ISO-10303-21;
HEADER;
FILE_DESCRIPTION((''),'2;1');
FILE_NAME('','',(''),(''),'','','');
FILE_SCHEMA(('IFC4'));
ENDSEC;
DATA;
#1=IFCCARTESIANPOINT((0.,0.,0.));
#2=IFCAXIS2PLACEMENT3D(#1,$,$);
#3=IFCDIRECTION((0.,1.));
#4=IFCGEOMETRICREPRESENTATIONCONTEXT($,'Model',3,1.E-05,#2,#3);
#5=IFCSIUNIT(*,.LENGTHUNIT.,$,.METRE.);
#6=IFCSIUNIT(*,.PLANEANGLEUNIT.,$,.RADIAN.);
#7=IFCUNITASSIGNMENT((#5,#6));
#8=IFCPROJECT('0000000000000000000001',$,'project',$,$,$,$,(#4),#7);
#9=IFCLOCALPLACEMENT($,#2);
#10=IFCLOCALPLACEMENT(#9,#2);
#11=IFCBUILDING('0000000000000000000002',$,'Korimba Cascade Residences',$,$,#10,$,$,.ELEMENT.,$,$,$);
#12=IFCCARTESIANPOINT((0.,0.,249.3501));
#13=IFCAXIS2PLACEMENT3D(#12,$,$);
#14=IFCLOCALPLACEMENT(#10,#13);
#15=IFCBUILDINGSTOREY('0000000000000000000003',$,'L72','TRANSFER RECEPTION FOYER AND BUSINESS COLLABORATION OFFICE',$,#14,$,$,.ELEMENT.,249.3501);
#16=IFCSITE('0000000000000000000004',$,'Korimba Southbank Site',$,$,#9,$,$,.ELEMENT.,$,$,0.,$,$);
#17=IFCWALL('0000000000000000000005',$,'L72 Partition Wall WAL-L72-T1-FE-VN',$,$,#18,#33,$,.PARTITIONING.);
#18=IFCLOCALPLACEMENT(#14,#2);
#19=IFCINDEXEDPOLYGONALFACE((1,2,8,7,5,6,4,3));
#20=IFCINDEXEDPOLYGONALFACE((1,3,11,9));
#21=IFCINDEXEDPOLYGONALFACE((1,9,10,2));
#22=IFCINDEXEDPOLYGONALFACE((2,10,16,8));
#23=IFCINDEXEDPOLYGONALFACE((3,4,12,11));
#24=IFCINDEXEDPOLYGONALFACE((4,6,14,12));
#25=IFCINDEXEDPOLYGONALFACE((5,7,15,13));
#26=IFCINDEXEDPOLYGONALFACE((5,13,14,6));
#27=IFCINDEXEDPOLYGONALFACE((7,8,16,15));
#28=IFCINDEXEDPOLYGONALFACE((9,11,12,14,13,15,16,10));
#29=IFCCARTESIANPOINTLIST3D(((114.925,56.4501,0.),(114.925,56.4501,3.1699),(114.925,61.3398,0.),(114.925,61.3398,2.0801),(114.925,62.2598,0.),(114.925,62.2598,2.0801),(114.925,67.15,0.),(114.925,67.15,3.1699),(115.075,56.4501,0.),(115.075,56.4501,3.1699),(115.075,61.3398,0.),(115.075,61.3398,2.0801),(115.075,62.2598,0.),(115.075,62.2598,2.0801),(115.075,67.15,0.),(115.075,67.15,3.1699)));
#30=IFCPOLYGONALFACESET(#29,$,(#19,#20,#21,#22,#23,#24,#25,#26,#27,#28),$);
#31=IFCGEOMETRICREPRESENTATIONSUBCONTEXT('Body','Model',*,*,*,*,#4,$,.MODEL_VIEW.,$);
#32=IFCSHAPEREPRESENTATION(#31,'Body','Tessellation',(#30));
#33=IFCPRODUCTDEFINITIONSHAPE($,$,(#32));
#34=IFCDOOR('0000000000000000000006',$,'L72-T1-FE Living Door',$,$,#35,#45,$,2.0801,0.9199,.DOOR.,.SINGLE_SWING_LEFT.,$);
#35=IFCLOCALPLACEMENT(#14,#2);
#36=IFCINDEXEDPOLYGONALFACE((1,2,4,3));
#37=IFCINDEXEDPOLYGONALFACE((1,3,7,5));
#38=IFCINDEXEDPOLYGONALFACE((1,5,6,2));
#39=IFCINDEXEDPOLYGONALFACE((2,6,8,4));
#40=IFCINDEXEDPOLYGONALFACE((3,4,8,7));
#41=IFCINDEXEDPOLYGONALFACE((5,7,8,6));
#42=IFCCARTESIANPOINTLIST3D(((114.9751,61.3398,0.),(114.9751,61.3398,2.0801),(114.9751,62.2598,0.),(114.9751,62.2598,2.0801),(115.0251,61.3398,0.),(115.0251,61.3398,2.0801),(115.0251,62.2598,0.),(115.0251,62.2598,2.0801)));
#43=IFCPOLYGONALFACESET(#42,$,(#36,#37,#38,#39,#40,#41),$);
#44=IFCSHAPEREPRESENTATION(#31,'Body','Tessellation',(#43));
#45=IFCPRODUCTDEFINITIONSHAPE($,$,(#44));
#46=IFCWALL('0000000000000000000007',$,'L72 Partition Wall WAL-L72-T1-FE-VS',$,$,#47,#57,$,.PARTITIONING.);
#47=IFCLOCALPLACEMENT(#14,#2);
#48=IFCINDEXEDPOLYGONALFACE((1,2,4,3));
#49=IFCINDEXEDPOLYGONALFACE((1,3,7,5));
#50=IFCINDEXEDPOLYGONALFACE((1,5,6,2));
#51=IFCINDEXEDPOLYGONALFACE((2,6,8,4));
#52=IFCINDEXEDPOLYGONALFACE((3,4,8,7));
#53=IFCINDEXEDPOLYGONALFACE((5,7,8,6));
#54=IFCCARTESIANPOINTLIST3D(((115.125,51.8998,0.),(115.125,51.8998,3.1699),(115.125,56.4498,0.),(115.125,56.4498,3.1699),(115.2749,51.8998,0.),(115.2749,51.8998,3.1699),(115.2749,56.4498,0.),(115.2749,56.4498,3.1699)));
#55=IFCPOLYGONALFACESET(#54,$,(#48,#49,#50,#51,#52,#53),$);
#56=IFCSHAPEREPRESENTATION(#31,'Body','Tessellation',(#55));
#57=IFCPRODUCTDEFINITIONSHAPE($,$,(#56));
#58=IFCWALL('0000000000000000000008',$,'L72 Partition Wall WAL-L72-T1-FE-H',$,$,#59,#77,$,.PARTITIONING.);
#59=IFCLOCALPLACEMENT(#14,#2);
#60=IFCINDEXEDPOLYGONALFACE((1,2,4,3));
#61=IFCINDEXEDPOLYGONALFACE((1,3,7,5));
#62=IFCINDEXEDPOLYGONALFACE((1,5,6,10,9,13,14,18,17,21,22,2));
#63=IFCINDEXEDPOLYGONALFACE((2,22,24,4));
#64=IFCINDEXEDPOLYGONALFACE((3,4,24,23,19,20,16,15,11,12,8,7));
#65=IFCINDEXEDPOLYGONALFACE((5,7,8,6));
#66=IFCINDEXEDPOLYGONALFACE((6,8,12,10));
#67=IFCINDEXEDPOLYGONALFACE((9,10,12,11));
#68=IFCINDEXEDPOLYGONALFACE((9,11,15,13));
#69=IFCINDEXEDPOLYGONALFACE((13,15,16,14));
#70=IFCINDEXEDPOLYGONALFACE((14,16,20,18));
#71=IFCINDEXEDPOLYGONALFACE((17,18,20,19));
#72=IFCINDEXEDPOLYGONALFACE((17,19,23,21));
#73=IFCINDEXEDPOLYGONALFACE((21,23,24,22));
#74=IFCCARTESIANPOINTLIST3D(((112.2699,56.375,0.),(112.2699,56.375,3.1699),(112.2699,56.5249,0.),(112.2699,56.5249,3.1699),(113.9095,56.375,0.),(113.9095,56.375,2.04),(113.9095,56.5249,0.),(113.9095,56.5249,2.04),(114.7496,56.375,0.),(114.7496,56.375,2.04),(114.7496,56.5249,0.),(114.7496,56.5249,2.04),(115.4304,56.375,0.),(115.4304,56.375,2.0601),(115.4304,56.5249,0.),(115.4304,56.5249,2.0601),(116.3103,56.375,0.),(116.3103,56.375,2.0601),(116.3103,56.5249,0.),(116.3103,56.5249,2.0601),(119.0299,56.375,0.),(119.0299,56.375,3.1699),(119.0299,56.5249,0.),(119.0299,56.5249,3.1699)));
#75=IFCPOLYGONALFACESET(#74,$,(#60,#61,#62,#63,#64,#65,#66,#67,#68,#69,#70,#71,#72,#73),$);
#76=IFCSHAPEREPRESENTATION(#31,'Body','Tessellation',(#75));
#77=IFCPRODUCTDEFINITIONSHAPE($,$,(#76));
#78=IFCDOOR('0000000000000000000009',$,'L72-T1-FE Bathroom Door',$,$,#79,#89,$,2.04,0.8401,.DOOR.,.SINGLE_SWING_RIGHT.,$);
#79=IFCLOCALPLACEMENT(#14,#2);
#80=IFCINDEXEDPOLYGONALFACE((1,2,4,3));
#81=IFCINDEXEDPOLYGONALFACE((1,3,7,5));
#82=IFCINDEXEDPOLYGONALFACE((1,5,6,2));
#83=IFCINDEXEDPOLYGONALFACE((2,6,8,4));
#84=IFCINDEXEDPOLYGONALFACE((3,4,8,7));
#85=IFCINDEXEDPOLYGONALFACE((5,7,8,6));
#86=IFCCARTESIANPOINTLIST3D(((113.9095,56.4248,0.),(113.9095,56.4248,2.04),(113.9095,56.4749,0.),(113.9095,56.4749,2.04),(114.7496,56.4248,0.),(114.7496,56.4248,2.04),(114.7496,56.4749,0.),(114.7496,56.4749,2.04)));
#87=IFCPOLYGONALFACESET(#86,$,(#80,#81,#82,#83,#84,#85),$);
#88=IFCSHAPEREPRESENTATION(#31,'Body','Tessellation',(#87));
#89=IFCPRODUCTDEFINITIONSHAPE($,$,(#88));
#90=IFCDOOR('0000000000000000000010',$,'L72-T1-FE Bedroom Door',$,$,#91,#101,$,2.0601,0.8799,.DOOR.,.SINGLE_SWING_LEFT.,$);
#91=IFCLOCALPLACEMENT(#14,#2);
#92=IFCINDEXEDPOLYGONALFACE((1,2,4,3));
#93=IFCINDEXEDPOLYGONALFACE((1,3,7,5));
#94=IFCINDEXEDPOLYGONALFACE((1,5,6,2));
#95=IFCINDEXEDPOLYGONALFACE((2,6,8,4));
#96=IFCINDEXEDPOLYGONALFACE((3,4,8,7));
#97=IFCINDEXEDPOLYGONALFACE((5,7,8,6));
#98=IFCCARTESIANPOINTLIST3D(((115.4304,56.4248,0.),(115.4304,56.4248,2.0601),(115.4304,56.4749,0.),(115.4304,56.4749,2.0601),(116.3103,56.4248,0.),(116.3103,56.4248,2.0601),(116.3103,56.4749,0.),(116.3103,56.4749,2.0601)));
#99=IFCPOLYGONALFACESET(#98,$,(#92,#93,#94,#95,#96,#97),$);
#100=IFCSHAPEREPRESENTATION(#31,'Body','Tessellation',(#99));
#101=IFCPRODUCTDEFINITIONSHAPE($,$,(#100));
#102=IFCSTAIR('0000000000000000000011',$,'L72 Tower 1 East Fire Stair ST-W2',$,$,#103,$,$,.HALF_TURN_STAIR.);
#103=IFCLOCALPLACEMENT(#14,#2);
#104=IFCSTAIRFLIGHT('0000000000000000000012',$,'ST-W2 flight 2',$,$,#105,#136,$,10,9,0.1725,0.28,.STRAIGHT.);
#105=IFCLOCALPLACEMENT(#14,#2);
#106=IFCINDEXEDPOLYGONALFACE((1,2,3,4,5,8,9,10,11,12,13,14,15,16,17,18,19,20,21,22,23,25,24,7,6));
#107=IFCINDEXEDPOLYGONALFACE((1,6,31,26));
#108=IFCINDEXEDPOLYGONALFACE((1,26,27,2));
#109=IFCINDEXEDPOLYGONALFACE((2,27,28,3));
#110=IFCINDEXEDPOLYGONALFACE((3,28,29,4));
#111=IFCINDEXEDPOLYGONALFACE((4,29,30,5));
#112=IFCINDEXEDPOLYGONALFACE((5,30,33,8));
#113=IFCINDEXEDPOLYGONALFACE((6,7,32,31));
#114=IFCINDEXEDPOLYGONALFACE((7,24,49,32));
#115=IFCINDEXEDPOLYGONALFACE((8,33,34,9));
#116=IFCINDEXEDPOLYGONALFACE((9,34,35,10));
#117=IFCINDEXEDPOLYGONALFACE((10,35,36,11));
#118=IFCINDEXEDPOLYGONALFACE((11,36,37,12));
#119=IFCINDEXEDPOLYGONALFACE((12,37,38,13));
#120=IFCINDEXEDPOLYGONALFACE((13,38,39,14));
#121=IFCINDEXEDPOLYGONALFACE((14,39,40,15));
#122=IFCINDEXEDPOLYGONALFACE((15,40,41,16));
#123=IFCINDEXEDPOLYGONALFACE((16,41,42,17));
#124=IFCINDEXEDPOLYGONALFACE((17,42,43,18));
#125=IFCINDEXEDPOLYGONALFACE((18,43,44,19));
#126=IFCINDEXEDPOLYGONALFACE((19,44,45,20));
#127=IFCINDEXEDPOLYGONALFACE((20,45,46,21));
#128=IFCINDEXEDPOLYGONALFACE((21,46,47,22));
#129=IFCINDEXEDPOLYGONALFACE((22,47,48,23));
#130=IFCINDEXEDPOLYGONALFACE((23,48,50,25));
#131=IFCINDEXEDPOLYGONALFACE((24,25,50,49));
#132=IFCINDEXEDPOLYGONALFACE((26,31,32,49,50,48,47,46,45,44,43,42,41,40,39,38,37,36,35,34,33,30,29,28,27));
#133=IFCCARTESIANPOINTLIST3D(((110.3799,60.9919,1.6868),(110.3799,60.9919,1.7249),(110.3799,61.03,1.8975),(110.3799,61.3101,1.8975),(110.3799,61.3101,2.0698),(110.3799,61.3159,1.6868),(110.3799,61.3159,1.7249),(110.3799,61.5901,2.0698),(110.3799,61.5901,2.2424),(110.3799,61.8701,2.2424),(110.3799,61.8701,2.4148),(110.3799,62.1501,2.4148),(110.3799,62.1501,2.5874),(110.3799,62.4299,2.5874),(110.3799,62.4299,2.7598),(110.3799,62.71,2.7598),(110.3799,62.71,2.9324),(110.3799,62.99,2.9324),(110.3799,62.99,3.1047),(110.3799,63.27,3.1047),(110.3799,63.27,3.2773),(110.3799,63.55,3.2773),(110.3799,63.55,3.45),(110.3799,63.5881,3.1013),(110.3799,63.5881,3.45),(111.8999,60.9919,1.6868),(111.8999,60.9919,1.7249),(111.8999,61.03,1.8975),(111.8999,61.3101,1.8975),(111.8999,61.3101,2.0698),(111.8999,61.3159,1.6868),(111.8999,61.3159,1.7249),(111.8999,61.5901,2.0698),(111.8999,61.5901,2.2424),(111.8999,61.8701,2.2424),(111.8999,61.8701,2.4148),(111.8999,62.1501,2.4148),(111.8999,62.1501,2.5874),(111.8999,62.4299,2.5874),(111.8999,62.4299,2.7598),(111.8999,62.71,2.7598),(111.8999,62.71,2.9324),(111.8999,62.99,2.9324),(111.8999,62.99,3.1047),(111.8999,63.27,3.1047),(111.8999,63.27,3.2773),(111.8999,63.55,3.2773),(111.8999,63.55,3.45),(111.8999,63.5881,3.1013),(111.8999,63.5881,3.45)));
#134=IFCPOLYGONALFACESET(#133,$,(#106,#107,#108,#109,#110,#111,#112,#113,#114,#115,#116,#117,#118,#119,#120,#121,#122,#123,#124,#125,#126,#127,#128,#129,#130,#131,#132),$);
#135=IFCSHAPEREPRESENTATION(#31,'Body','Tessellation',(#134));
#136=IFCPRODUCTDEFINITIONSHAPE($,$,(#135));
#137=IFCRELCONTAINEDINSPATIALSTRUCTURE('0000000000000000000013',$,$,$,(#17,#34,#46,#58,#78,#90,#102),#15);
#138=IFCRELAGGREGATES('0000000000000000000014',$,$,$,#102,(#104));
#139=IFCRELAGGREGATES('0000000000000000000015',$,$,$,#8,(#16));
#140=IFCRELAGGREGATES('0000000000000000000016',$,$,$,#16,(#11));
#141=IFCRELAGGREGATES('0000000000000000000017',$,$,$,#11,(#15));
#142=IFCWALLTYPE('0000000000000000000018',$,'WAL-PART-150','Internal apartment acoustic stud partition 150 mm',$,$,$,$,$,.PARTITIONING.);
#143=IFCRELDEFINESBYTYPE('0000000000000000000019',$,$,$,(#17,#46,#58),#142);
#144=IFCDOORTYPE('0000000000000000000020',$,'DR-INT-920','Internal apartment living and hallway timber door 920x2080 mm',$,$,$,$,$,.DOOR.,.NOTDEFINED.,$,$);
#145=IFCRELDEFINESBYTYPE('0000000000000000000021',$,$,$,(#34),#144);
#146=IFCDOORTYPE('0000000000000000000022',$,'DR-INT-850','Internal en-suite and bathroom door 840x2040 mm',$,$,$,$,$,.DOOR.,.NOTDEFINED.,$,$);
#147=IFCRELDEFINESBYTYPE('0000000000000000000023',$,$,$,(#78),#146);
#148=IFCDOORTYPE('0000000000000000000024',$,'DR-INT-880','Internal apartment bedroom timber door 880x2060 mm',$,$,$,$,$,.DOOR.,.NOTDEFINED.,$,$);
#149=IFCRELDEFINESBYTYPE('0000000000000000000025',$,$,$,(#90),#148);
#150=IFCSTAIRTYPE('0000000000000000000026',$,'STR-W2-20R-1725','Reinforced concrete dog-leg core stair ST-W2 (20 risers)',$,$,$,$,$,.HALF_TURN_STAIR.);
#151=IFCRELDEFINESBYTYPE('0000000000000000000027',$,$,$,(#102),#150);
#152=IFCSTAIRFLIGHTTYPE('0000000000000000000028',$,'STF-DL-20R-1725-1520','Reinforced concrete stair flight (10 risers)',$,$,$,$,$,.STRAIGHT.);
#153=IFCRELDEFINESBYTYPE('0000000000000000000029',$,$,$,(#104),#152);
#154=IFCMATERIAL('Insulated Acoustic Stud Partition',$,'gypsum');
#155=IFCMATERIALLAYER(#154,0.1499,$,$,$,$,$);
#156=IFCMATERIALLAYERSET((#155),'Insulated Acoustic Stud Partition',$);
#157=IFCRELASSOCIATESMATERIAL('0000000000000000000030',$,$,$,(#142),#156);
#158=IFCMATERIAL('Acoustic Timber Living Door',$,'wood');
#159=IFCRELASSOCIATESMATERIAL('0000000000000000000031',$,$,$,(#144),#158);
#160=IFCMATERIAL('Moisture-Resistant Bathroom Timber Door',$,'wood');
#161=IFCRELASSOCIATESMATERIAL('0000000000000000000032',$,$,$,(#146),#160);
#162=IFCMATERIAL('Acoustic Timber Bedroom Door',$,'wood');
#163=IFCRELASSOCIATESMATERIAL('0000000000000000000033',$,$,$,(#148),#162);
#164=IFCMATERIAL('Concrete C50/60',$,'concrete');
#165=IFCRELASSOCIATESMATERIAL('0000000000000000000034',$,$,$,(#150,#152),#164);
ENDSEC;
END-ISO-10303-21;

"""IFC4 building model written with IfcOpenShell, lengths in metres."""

from ifc_helpers import new_model, si_unit, direction, frame, frame_2d, origin, place, context, subcontext, project, spatial, polyline, rectangle, outline, extrude, material, layer, layer_set, type_object, element, fill, aggregate, save


model = new_model("IFC4")

# Units and contexts
model_context = context("Model", 3, precision=1e-05, world=origin(), true_north=direction((0.0, 1.0)))
body_context = subcontext(model_context, "Body", "Model", "MODEL_VIEW")
ifc_project = project(units=[si_unit("LENGTHUNIT", "METRE"), si_unit("PLANEANGLEUNIT", "RADIAN")], contexts=[model_context])

# Site, building, storey
site_placement = place(None, origin())
site = spatial("IfcSite", under=ifc_project, at=site_placement, Name="Korimba Southbank Site", CompositionType="ELEMENT", RefElevation=0.0)
building_placement = place(site_placement, origin())
building = spatial("IfcBuilding", under=site, at=building_placement, Name="Korimba Cascade Residences", CompositionType="ELEMENT")
storey_placement = place(building_placement, frame((0.0, 0.0, 249.3501)))
storey = spatial("IfcBuildingStorey", under=building, at=storey_placement, Name="L72", Description="TRANSFER RECEPTION FOYER AND BUSINESS COLLABORATION OFFICE", CompositionType="ELEMENT", Elevation=249.3501)

# Shared definitions
ifc_material_1 = material(Name="Concrete C50/60", Category="concrete")

# Wall, opening, door
ifc_material_2 = material(Name="Insulated Acoustic Stud Partition", Category="gypsum")
ifc_layer_1 = layer(ifc_material_2, 0.1499)
ifc_layer_set_1 = layer_set([ifc_layer_1], Name="Insulated Acoustic Stud Partition")
wall_type_1 = type_object("IfcWallType", Name="WAL-PART-150", Description="Internal apartment acoustic stud partition 150 mm", PredefinedType="PARTITIONING", material=ifc_layer_set_1)
wall_1_placement = place(storey_placement, frame((115.0, 56.45, 0.0), z_axis=(0.0, 0.0, 1.0), x_axis=(0.0, 1.0, 0.0)))
wall_1 = element("IfcWall", 1, at=wall_1_placement, inside=storey, type_object=wall_type_1, Name="L72 Partition Wall WAL-L72-T1-FE-VN", PredefinedType="PARTITIONING", context=body_context, shape_type="SweptSolid", body=[
    extrude(rectangle(XDim=10.7, YDim=0.1499, at=frame_2d((5.3501, 0.0))), origin(), (0.0, 0.0, 1.0), 3.1699),
])
opening_1_placement = place(wall_1_placement, frame((4.8899, 0.0, 0.0)))
opening_1 = element("IfcOpeningElement", 2, at=opening_1_placement, cuts=wall_1, PredefinedType="OPENING", context=body_context, shape_type="SweptSolid", body=[
    extrude(rectangle(XDim=0.9199, YDim=2.0801, at=frame_2d((0.46, 1.04))), frame((0.0, 0.085, 0.0), z_axis=(0.0, -1.0, 0.0), x_axis=(1.0, 0.0, 0.0)), (0.0, 0.0, 1.0), 0.1699),
])
ifc_material_3 = material(Name="Acoustic Timber Living Door", Category="wood")
door_type_1 = type_object("IfcDoorType", Name="DR-INT-920", Description="Internal apartment living and hallway timber door 920x2080 mm", OperationType="NOTDEFINED", PredefinedType="DOOR", material=ifc_material_3)
door_1_placement = place(opening_1_placement, origin())
door_1 = element("IfcDoor", 3, at=door_1_placement, inside=storey, type_object=door_type_1, Name="L72-T1-FE Living Door", OperationType="SINGLE_SWING_LEFT", OverallHeight=2.0801, OverallWidth=0.9199, PredefinedType="DOOR", context=body_context, shape_type="SweptSolid", body=[
    extrude(rectangle(XDim=0.9199, YDim=2.0801, at=frame_2d((0.46, 1.04))), frame((0.0, 0.0249, 0.0), z_axis=(0.0, -1.0, 0.0), x_axis=(1.0, 0.0, 0.0)), (0.0, 0.0, 1.0), 0.05),
])
fill(opening_1, door_1)

# Wall
wall_2_placement = place(storey_placement, frame((115.2, 51.8999, 0.0), z_axis=(0.0, 0.0, 1.0), x_axis=(0.0, 1.0, 0.0)))
element("IfcWall", 4, at=wall_2_placement, inside=storey, type_object=wall_type_1, Name="L72 Partition Wall WAL-L72-T1-FE-VS", PredefinedType="PARTITIONING", context=body_context, shape_type="SweptSolid", body=[
    extrude(rectangle(XDim=4.55, YDim=0.1499, at=frame_2d((2.2749, 0.0))), origin(), (0.0, 0.0, 1.0), 3.1699),
])

# Wall, openings, doors
wall_3_placement = place(storey_placement, frame((112.27, 56.45, 0.0), z_axis=(0.0, 0.0, 1.0), x_axis=(1.0, 0.0, 0.0)))
wall_3 = element("IfcWall", 5, at=wall_3_placement, inside=storey, type_object=wall_type_1, Name="L72 Partition Wall WAL-L72-T1-FE-H", PredefinedType="PARTITIONING", context=body_context, shape_type="SweptSolid", body=[
    extrude(rectangle(XDim=6.76, YDim=0.1499, at=frame_2d((3.3799, 0.0))), origin(), (0.0, 0.0, 1.0), 3.1699),
])
opening_2_placement = place(wall_3_placement, frame((1.6396, 0.0, 0.0)))
opening_2 = element("IfcOpeningElement", 6, at=opening_2_placement, cuts=wall_3, PredefinedType="OPENING", context=body_context, shape_type="SweptSolid", body=[
    extrude(rectangle(XDim=0.8401, YDim=2.04, at=frame_2d((0.4199, 1.02))), frame((0.0, 0.085, 0.0), z_axis=(0.0, -1.0, 0.0), x_axis=(1.0, 0.0, 0.0)), (0.0, 0.0, 1.0), 0.1699),
])
opening_3_placement = place(wall_3_placement, frame((3.1604, 0.0, 0.0)))
opening_3 = element("IfcOpeningElement", 7, at=opening_3_placement, cuts=wall_3, PredefinedType="OPENING", context=body_context, shape_type="SweptSolid", body=[
    extrude(rectangle(XDim=0.8799, YDim=2.0601, at=frame_2d((0.4399, 1.03))), frame((0.0, 0.085, 0.0), z_axis=(0.0, -1.0, 0.0), x_axis=(1.0, 0.0, 0.0)), (0.0, 0.0, 1.0), 0.1699),
])
ifc_material_4 = material(Name="Moisture-Resistant Bathroom Timber Door", Category="wood")
door_type_2 = type_object("IfcDoorType", Name="DR-INT-850", Description="Internal en-suite and bathroom door 840x2040 mm", OperationType="NOTDEFINED", PredefinedType="DOOR", material=ifc_material_4)
door_2_placement = place(opening_2_placement, origin())
door_2 = element("IfcDoor", 8, at=door_2_placement, inside=storey, type_object=door_type_2, Name="L72-T1-FE Bathroom Door", OperationType="SINGLE_SWING_RIGHT", OverallHeight=2.04, OverallWidth=0.8401, PredefinedType="DOOR", context=body_context, shape_type="SweptSolid", body=[
    extrude(rectangle(XDim=0.8401, YDim=2.04, at=frame_2d((0.4199, 1.02))), frame((0.0, 0.0249, 0.0), z_axis=(0.0, -1.0, 0.0), x_axis=(1.0, 0.0, 0.0)), (0.0, 0.0, 1.0), 0.05),
])
fill(opening_2, door_2)
ifc_material_5 = material(Name="Acoustic Timber Bedroom Door", Category="wood")
door_type_3 = type_object("IfcDoorType", Name="DR-INT-880", Description="Internal apartment bedroom timber door 880x2060 mm", OperationType="NOTDEFINED", PredefinedType="DOOR", material=ifc_material_5)
door_3_placement = place(opening_3_placement, origin())
door_3 = element("IfcDoor", 9, at=door_3_placement, inside=storey, type_object=door_type_3, Name="L72-T1-FE Bedroom Door", OperationType="SINGLE_SWING_LEFT", OverallHeight=2.0601, OverallWidth=0.8799, PredefinedType="DOOR", context=body_context, shape_type="SweptSolid", body=[
    extrude(rectangle(XDim=0.8799, YDim=2.0601, at=frame_2d((0.4399, 1.03))), frame((0.0, 0.0249, 0.0), z_axis=(0.0, -1.0, 0.0), x_axis=(1.0, 0.0, 0.0)), (0.0, 0.0, 1.0), 0.05),
])
fill(opening_3, door_3)

# Stair, stair flight
stair_type = type_object("IfcStairType", Name="STR-W2-20R-1725", Description="Reinforced concrete dog-leg core stair ST-W2 (20 risers)", PredefinedType="HALF_TURN_STAIR", material=ifc_material_1)
stair_placement = place(storey_placement, origin())
stair = element("IfcStair", 10, at=stair_placement, inside=storey, type_object=stair_type, Name="L72 Tower 1 East Fire Stair ST-W2", PredefinedType="HALF_TURN_STAIR")
stair_flight_type = type_object("IfcStairFlightType", Name="STF-DL-20R-1725-1520", Description="Reinforced concrete stair flight (10 risers)", PredefinedType="STRAIGHT", material=ifc_material_1)
stair_flight_placement = place(storey_placement, frame((111.1399, 61.03, 1.7249), z_axis=(0.0, 0.0, 1.0), x_axis=(0.0, 1.0, 0.0)))
stair_flight = element("IfcStairFlight", 11, at=stair_flight_placement, type_object=stair_flight_type, Name="ST-W2 flight 2", NumberOfRisers=10, NumberOfTreads=9, PredefinedType="STRAIGHT", RiserHeight=0.1725, TreadLength=0.28, context=body_context, shape_type="SweptSolid", body=[
    extrude(outline(polyline([(-0.0381, 0.0), (0.0, 0.1726), (0.28, 0.1726), (0.28, 0.345), (0.5601, 0.345), (0.5601, 0.5176), (0.8401, 0.5176), (0.8401, 0.6899), (1.1201, 0.6899), (1.1201, 0.8625), (1.3999, 0.8625), (1.3999, 1.0349), (1.6799, 1.0349), (1.6799, 1.2075), (1.96, 1.2075), (1.96, 1.3799), (2.24, 1.3799), (2.24, 1.5525), (2.52, 1.5525), (2.52, 1.7251), (2.5581, 1.7251), (2.5581, 1.3765), (0.2859, 0.0), (0.2859, -0.0381), (-0.0381, -0.0381), (-0.0381, 0.0)])), frame((0.0, 0.76, 0.0), z_axis=(0.0, -1.0, 0.0), x_axis=(1.0, 0.0, 0.0)), (0.0, 0.0, 1.0), 1.52),
])
aggregate(stair, [stair_flight])

save(model, "model.ifc")
